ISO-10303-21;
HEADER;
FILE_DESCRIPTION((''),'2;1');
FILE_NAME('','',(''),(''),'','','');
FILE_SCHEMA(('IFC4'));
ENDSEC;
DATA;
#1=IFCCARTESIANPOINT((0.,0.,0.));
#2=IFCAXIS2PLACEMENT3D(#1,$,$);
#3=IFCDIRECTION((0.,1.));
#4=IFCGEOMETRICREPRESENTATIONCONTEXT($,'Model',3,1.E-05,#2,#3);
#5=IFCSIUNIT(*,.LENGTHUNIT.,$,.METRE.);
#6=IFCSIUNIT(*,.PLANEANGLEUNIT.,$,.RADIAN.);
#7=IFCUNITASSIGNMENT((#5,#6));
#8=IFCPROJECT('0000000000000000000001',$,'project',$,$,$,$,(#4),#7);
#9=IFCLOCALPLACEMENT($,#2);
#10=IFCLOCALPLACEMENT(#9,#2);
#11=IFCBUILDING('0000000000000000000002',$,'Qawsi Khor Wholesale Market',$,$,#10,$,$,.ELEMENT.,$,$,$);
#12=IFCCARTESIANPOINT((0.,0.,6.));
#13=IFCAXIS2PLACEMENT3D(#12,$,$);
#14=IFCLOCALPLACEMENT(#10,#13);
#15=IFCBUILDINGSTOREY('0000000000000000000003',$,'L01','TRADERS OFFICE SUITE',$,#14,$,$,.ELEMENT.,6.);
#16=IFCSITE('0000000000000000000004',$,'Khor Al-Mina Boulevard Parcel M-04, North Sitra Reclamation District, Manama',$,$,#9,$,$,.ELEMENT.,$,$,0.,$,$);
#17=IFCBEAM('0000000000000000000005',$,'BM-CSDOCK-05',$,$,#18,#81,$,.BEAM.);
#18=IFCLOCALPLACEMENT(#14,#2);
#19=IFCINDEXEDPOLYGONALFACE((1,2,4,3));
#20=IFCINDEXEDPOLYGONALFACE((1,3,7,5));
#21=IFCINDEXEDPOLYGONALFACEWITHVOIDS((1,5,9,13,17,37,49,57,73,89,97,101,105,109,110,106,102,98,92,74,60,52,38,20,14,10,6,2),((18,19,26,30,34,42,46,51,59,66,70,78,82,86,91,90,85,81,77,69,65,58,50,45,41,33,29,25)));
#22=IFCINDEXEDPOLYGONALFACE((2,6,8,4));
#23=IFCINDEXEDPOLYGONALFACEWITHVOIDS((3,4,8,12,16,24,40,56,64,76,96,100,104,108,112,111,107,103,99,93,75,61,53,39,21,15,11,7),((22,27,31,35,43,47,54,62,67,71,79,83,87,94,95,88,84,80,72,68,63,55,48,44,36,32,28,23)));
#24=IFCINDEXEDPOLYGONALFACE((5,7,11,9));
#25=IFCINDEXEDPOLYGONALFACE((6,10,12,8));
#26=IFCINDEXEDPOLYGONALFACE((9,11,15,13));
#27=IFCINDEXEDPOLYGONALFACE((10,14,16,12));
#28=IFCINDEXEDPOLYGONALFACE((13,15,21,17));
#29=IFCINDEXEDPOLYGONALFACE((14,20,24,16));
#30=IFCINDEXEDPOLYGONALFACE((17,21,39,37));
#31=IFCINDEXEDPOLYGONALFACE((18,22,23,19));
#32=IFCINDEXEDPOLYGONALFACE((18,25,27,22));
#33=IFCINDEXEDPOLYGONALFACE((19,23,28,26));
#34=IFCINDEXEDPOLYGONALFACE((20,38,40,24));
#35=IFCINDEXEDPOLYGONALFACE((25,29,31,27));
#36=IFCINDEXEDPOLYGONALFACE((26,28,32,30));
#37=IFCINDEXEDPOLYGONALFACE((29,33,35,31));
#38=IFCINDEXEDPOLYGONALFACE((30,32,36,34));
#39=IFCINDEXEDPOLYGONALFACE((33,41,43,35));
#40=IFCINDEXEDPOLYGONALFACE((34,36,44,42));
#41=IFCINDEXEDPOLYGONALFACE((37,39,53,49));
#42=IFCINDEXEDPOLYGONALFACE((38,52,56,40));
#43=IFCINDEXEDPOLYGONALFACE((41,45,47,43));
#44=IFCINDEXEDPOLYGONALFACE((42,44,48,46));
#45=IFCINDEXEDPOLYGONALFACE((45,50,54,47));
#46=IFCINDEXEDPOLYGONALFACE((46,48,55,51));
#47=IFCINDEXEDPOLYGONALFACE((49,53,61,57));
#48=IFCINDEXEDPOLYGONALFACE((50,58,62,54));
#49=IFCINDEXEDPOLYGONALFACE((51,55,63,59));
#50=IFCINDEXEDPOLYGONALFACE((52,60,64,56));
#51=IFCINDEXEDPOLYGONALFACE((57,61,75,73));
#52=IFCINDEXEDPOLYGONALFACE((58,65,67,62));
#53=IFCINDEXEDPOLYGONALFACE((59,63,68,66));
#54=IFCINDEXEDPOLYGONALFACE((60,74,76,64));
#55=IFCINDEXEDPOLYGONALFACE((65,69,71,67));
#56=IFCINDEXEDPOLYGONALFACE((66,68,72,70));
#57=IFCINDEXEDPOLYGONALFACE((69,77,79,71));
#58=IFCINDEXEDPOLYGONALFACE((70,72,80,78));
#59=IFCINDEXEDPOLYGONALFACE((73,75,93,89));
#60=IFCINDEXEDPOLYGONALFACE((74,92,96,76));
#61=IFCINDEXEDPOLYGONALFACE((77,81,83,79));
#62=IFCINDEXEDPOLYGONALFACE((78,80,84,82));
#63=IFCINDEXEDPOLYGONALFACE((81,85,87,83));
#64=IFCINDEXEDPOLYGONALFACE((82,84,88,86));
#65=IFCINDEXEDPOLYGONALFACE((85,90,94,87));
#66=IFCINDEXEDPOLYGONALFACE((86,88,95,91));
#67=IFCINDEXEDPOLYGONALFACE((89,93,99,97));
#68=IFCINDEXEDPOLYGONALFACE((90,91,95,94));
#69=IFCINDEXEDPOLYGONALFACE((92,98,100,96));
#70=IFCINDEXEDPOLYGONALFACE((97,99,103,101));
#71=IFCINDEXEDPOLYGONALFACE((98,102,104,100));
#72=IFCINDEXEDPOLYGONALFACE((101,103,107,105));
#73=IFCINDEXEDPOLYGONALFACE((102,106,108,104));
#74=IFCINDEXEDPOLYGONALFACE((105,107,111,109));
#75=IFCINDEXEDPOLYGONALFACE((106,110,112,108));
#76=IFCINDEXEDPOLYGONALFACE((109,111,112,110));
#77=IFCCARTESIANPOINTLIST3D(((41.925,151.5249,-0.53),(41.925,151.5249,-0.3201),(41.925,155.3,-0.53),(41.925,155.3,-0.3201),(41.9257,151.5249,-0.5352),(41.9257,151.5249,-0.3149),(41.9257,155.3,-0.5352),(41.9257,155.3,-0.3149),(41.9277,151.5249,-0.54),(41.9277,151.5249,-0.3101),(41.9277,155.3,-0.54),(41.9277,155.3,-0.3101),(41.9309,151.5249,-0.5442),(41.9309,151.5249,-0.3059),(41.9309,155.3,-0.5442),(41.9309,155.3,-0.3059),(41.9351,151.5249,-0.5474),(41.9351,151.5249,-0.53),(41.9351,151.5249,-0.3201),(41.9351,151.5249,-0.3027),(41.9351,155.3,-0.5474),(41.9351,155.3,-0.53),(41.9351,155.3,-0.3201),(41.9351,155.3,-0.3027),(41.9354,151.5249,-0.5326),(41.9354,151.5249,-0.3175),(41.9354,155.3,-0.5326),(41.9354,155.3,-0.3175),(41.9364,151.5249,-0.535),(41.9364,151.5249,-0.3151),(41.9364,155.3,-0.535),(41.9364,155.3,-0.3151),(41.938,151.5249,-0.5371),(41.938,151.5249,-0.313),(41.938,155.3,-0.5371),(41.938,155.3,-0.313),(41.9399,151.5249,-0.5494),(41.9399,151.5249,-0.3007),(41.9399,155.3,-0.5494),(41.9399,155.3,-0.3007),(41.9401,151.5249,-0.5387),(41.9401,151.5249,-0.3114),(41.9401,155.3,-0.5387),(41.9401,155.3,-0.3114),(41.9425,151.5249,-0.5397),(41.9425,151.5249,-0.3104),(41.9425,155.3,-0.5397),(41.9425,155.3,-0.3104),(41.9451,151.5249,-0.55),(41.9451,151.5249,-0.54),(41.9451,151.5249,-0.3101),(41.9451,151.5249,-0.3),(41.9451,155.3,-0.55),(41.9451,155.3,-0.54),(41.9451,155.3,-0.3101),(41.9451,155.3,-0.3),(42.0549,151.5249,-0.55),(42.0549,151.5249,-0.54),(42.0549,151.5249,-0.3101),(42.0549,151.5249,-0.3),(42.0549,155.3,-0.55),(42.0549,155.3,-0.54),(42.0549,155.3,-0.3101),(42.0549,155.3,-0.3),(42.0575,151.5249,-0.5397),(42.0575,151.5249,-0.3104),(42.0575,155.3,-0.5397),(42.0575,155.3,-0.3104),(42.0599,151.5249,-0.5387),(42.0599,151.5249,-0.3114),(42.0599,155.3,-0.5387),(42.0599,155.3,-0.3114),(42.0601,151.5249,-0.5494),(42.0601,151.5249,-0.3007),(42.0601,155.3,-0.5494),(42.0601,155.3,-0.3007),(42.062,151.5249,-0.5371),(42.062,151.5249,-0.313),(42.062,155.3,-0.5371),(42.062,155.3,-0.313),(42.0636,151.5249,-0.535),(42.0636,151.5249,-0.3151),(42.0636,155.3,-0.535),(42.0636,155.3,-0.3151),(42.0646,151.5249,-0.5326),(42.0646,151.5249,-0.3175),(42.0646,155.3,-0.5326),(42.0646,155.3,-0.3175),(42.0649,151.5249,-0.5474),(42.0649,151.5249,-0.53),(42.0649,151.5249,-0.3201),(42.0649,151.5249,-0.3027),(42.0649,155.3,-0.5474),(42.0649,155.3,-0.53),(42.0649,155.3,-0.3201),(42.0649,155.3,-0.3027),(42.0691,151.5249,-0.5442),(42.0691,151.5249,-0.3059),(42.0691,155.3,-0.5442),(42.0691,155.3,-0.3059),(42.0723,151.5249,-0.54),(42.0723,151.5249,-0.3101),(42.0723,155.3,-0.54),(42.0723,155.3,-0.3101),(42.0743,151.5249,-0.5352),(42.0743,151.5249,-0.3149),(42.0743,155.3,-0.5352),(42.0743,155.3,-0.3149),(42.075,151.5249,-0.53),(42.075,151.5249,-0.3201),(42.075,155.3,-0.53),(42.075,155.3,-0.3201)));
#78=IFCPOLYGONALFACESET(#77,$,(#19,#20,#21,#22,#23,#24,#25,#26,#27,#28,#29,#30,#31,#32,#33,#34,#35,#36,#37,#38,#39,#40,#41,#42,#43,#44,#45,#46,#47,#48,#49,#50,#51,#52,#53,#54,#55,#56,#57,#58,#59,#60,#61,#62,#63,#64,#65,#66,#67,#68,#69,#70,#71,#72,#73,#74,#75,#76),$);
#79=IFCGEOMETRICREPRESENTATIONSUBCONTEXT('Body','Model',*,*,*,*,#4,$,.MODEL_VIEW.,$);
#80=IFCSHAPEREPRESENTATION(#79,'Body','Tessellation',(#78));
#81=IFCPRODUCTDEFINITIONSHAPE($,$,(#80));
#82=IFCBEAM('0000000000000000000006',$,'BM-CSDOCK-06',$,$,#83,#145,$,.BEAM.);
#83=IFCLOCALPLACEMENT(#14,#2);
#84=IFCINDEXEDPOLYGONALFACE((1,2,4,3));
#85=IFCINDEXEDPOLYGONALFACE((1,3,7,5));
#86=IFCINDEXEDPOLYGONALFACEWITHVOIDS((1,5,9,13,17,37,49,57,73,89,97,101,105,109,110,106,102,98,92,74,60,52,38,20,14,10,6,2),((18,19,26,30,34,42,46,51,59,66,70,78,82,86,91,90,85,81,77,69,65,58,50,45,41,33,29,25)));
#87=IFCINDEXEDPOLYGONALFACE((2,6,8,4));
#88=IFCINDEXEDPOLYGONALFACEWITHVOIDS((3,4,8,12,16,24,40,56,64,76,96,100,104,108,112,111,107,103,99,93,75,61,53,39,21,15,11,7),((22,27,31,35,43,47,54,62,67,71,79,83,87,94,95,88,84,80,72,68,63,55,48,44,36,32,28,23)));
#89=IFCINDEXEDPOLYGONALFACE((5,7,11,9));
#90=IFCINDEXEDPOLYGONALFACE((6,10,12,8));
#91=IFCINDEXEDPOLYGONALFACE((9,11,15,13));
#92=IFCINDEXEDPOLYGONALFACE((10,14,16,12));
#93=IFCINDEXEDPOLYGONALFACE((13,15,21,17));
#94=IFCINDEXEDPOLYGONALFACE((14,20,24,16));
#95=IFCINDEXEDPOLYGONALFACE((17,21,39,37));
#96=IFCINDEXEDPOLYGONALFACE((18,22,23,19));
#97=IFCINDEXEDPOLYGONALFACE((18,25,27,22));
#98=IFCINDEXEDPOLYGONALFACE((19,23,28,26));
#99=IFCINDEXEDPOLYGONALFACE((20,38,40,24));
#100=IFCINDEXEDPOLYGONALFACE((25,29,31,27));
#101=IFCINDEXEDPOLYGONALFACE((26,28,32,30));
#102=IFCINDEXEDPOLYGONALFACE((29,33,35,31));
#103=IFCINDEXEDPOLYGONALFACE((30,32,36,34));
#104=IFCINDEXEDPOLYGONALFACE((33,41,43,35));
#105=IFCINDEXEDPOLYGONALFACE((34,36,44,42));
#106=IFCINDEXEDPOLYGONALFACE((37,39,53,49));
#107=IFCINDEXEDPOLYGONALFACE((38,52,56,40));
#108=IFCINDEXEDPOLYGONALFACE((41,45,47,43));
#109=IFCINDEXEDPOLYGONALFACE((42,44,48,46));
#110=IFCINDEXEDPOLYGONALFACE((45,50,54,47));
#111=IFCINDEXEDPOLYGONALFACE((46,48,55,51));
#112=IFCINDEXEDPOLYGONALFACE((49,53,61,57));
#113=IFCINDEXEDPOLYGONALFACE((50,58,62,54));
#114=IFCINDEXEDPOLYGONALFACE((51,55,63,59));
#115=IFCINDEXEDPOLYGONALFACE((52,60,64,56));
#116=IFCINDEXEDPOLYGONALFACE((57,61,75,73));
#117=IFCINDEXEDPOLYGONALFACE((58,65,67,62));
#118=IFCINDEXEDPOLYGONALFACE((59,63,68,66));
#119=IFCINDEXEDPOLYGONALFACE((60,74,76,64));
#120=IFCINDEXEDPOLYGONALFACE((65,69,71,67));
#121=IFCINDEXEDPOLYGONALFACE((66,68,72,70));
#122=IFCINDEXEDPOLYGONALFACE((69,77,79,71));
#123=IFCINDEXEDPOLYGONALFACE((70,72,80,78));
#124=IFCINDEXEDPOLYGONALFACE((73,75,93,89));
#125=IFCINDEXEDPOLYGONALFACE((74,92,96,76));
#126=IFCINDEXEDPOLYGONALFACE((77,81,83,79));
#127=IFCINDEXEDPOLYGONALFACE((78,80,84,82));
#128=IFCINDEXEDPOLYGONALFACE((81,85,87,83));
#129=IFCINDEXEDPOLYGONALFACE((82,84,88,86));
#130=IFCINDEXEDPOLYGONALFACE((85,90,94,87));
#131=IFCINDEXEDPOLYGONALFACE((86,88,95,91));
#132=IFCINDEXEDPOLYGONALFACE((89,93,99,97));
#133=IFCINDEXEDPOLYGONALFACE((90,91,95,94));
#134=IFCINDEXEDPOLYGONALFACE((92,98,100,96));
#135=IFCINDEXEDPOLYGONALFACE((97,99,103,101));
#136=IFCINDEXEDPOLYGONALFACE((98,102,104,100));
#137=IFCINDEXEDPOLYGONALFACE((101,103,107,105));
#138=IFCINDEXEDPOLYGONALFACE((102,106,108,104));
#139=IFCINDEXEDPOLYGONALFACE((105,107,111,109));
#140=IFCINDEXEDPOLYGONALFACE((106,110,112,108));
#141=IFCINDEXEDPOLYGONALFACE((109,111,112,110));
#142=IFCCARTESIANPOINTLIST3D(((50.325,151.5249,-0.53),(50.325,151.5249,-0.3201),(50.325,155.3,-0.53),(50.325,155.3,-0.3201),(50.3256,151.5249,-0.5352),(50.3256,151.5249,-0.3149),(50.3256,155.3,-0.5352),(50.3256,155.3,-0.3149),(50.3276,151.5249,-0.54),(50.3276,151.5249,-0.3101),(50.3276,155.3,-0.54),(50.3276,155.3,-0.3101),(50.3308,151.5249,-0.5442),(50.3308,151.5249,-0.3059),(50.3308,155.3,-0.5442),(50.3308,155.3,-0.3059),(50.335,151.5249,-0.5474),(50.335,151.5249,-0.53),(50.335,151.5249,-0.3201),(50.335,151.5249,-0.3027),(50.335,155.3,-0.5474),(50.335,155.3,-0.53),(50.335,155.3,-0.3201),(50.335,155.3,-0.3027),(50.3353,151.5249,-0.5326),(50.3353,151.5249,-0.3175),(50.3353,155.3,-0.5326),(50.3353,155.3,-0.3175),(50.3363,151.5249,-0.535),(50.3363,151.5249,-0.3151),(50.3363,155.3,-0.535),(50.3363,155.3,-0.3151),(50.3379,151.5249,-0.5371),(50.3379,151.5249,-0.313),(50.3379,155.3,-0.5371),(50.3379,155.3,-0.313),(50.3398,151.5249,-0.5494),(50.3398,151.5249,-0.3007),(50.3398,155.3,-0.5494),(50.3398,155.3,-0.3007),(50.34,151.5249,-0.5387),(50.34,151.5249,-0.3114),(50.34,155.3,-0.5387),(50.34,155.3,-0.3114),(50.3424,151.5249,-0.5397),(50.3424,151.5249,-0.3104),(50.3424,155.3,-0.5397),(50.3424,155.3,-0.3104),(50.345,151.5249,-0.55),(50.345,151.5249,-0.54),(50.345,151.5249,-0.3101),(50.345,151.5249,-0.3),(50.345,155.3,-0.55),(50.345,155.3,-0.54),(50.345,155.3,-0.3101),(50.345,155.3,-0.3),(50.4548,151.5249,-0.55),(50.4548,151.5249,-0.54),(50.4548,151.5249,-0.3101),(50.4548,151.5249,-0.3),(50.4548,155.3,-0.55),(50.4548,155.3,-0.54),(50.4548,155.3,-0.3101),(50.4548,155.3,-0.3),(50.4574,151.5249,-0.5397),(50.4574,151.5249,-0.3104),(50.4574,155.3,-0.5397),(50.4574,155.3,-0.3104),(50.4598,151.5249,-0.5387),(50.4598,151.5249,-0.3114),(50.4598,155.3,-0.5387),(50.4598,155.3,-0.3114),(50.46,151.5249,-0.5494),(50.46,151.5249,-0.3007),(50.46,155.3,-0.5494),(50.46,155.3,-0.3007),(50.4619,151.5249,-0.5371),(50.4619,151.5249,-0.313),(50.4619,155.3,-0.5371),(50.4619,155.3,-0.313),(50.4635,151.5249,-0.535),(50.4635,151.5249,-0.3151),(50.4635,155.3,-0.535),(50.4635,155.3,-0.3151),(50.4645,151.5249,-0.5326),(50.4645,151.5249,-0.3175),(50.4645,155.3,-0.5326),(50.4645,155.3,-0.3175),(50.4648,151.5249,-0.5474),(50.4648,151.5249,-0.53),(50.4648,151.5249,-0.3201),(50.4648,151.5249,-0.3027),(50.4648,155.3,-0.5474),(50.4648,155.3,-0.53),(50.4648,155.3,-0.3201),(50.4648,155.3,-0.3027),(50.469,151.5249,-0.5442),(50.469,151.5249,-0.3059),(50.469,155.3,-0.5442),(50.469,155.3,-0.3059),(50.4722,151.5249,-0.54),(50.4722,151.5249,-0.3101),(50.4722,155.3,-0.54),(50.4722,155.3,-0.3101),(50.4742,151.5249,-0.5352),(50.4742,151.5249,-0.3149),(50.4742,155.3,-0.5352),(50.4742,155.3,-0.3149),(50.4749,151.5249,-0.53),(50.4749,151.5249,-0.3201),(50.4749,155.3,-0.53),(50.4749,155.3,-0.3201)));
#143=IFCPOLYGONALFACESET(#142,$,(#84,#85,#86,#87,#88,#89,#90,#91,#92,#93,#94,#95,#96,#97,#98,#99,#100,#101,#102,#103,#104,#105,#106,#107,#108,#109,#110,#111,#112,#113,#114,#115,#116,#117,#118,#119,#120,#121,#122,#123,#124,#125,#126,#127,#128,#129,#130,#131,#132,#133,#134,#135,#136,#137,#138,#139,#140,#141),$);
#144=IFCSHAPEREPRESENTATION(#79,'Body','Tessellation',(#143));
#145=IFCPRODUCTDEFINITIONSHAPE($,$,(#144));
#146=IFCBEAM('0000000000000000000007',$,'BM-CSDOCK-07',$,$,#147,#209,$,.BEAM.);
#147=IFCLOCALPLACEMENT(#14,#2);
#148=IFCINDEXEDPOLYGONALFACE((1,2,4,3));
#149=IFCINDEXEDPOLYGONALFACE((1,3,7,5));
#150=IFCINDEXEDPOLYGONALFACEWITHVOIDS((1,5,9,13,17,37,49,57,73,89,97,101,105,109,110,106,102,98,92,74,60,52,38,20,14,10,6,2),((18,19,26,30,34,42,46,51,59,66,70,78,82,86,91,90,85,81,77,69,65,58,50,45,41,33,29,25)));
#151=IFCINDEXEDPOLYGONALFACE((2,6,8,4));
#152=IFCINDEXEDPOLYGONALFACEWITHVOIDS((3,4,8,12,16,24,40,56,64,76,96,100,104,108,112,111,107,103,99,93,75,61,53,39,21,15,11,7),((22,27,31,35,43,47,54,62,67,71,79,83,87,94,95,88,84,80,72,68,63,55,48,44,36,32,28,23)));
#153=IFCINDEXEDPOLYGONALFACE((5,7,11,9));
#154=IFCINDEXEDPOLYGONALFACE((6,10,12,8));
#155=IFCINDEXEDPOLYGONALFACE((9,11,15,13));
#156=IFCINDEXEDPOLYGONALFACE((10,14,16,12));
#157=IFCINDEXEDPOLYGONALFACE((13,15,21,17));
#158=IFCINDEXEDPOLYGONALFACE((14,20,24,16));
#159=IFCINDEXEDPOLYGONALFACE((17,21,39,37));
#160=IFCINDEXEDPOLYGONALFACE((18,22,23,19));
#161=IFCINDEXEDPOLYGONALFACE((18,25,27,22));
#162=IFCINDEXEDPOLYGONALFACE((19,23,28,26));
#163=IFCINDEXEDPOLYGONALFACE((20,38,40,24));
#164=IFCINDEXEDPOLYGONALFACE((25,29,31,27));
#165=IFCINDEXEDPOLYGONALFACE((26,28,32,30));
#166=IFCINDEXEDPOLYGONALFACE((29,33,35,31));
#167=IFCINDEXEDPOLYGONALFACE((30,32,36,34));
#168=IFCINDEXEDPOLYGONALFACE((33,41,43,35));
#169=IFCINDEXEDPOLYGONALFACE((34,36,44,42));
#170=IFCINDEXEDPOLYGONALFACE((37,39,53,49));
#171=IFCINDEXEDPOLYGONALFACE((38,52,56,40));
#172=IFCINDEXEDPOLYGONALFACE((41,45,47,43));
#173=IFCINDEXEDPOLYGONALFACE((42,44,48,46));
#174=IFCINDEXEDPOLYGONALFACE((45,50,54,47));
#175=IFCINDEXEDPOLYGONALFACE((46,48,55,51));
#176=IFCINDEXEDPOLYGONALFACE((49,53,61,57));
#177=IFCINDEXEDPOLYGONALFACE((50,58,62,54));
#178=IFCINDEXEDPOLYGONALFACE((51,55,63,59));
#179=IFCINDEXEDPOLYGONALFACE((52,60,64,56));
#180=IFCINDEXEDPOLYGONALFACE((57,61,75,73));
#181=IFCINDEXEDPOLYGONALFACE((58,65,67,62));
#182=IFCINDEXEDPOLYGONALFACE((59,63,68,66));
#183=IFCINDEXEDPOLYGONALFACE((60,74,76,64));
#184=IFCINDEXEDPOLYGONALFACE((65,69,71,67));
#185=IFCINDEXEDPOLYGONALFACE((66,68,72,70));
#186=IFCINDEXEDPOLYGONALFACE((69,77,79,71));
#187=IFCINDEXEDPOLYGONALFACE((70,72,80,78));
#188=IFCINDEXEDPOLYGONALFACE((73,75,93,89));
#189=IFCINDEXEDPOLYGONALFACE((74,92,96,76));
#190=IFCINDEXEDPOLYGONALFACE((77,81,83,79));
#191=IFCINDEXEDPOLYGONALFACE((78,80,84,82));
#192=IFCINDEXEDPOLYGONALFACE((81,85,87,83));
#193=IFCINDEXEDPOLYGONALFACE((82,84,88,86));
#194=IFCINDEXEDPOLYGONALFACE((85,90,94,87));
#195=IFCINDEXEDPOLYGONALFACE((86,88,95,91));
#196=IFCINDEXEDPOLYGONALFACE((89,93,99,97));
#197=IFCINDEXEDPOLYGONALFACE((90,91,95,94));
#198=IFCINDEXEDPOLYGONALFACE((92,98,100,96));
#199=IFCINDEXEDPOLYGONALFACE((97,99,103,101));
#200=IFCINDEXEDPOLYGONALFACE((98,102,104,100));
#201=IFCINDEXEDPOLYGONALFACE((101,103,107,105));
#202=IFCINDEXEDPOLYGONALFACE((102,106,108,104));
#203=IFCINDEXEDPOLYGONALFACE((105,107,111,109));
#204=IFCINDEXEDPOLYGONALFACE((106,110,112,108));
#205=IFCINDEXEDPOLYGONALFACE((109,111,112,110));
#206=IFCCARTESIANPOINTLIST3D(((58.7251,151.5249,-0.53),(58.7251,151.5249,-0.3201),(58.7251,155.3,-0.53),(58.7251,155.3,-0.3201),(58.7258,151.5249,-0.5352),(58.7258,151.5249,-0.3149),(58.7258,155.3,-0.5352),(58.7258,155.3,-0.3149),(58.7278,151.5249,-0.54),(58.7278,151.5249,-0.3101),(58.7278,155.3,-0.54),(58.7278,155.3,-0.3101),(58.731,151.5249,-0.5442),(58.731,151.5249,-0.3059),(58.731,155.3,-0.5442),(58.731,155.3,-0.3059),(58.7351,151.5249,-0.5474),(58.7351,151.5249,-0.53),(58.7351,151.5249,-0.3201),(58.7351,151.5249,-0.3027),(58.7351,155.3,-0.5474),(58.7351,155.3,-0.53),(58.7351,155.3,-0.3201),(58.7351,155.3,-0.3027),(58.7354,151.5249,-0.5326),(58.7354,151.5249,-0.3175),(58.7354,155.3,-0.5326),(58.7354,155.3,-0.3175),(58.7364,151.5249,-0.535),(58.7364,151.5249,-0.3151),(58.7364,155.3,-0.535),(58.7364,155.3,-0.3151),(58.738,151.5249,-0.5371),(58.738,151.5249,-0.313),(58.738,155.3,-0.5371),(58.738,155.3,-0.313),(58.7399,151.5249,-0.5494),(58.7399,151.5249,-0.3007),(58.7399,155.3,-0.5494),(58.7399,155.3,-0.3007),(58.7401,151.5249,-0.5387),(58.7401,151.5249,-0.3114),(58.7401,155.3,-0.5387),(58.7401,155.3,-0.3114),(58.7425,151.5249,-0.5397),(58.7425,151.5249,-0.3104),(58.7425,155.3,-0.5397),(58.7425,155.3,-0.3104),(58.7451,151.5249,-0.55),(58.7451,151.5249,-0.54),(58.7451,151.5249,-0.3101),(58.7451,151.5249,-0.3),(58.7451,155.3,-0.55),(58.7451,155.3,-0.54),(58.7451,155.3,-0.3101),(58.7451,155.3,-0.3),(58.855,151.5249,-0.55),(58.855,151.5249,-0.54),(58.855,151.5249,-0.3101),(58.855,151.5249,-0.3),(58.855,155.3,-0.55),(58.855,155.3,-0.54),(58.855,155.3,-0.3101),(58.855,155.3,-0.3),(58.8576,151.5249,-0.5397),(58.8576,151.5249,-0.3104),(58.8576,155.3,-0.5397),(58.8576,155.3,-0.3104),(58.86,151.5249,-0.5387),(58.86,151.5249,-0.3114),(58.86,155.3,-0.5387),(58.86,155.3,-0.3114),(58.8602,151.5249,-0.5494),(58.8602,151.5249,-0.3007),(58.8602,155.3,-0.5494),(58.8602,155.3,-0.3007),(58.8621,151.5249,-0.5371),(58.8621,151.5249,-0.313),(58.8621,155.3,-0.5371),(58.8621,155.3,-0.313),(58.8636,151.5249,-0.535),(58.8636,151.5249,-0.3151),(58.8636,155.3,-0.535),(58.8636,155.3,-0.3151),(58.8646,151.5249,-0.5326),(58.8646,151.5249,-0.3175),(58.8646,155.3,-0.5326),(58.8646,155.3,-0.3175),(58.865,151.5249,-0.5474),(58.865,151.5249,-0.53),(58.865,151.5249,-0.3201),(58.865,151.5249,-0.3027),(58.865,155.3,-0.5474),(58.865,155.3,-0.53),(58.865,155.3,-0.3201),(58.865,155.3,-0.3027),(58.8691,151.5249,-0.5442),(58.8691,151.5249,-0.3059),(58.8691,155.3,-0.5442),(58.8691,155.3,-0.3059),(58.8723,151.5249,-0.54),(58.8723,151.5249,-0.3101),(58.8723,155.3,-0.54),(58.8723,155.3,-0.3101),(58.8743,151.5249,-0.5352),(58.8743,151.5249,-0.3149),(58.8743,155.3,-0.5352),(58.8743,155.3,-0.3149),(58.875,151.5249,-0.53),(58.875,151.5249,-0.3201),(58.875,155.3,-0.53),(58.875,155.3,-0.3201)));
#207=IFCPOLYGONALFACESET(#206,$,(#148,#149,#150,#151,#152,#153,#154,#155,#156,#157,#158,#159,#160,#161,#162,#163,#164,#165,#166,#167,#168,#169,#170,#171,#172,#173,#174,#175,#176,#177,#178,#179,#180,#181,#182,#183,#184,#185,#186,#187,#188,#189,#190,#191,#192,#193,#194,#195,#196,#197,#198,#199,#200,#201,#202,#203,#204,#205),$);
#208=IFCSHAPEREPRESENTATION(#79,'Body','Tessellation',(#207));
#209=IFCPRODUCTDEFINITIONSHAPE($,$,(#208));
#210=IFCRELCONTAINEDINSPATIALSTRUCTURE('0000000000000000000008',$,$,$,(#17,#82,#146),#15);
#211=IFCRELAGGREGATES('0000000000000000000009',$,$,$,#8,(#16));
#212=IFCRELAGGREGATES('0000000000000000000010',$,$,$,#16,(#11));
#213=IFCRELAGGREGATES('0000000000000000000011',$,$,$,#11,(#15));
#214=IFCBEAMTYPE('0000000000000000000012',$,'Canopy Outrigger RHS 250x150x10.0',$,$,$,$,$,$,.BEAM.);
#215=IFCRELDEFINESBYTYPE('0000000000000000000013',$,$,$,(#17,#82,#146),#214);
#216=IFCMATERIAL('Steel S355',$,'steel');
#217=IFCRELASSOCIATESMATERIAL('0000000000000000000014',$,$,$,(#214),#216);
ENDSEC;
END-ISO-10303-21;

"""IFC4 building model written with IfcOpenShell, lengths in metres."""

from ifc_helpers import new_model, si_unit, direction, frame, origin, origin_2d, place, context, subcontext, project, spatial, hollow_rectangle, extrude, material, material_profile, profile_set, type_object, element, save


model = new_model("IFC4")

# Units and contexts
model_context = context("Model", 3, precision=1e-05, world=origin(), true_north=direction((0.0, 1.0)))
body_context = subcontext(model_context, "Body", "Model", "MODEL_VIEW")
ifc_project = project(units=[si_unit("LENGTHUNIT", "METRE"), si_unit("PLANEANGLEUNIT", "RADIAN")], contexts=[model_context])

# Site, building, storey
site_placement = place(None, origin())
site = spatial("IfcSite", under=ifc_project, at=site_placement, Name="Khor Al-Mina Boulevard Parcel M-04, North Sitra Reclamation District, Manama", CompositionType="ELEMENT", RefElevation=0.0)
building_placement = place(site_placement, origin())
building = spatial("IfcBuilding", under=site, at=building_placement, Name="Qawsi Khor Wholesale Market", CompositionType="ELEMENT")
storey_placement = place(building_placement, frame((0.0, 0.0, 6.0)))
storey = spatial("IfcBuildingStorey", under=building, at=storey_placement, Name="L01", Description="TRADERS OFFICE SUITE", CompositionType="ELEMENT", Elevation=6.0)

# Beams
ifc_material_1 = material(Name="Steel S355", Category="steel")
ifc_material_profile_1 = material_profile(ifc_material_1, hollow_rectangle(XDim=0.1499, YDim=0.25, WallThickness=0.01, InnerFilletRadius=0.01, OuterFilletRadius=0.02, at=origin_2d()), Name="RHS 250x150x10.0")
ifc_profile_set_1 = profile_set([ifc_material_profile_1], Name="Steel S355")
beam_type_1 = type_object("IfcBeamType", Name="Canopy Outrigger RHS 250x150x10.0", PredefinedType="BEAM", material=ifc_profile_set_1)
for number, where, z_axis, x_axis, name in (
    (1, (42.0, 151.5249, -0.425), (0.0, 1.0, 0.0), (-1.0, 0.0, 0.0), "BM-CSDOCK-05"),
    (2, (50.3999, 151.5249, -0.425), (0.0, 1.0, 0.0), (-1.0, 0.0, 0.0), "BM-CSDOCK-06"),
    (3, (58.8, 151.5249, -0.425), (0.0, 1.0, 0.0), (-1.0, 0.0, 0.0), "BM-CSDOCK-07"),
):
    element("IfcBeam", number, at=place(storey_placement, frame(where, z_axis=z_axis, x_axis=x_axis)), inside=storey, type_object=beam_type_1, Name=name, PredefinedType="BEAM", context=body_context, shape_type="SweptSolid", body=[
        extrude(hollow_rectangle(XDim=0.1499, YDim=0.25, WallThickness=0.01, InnerFilletRadius=0.01, OuterFilletRadius=0.02, at=origin_2d()), origin(), (0.0, 0.0, 1.0), 3.7751),
    ])

save(model, "model.ifc")
